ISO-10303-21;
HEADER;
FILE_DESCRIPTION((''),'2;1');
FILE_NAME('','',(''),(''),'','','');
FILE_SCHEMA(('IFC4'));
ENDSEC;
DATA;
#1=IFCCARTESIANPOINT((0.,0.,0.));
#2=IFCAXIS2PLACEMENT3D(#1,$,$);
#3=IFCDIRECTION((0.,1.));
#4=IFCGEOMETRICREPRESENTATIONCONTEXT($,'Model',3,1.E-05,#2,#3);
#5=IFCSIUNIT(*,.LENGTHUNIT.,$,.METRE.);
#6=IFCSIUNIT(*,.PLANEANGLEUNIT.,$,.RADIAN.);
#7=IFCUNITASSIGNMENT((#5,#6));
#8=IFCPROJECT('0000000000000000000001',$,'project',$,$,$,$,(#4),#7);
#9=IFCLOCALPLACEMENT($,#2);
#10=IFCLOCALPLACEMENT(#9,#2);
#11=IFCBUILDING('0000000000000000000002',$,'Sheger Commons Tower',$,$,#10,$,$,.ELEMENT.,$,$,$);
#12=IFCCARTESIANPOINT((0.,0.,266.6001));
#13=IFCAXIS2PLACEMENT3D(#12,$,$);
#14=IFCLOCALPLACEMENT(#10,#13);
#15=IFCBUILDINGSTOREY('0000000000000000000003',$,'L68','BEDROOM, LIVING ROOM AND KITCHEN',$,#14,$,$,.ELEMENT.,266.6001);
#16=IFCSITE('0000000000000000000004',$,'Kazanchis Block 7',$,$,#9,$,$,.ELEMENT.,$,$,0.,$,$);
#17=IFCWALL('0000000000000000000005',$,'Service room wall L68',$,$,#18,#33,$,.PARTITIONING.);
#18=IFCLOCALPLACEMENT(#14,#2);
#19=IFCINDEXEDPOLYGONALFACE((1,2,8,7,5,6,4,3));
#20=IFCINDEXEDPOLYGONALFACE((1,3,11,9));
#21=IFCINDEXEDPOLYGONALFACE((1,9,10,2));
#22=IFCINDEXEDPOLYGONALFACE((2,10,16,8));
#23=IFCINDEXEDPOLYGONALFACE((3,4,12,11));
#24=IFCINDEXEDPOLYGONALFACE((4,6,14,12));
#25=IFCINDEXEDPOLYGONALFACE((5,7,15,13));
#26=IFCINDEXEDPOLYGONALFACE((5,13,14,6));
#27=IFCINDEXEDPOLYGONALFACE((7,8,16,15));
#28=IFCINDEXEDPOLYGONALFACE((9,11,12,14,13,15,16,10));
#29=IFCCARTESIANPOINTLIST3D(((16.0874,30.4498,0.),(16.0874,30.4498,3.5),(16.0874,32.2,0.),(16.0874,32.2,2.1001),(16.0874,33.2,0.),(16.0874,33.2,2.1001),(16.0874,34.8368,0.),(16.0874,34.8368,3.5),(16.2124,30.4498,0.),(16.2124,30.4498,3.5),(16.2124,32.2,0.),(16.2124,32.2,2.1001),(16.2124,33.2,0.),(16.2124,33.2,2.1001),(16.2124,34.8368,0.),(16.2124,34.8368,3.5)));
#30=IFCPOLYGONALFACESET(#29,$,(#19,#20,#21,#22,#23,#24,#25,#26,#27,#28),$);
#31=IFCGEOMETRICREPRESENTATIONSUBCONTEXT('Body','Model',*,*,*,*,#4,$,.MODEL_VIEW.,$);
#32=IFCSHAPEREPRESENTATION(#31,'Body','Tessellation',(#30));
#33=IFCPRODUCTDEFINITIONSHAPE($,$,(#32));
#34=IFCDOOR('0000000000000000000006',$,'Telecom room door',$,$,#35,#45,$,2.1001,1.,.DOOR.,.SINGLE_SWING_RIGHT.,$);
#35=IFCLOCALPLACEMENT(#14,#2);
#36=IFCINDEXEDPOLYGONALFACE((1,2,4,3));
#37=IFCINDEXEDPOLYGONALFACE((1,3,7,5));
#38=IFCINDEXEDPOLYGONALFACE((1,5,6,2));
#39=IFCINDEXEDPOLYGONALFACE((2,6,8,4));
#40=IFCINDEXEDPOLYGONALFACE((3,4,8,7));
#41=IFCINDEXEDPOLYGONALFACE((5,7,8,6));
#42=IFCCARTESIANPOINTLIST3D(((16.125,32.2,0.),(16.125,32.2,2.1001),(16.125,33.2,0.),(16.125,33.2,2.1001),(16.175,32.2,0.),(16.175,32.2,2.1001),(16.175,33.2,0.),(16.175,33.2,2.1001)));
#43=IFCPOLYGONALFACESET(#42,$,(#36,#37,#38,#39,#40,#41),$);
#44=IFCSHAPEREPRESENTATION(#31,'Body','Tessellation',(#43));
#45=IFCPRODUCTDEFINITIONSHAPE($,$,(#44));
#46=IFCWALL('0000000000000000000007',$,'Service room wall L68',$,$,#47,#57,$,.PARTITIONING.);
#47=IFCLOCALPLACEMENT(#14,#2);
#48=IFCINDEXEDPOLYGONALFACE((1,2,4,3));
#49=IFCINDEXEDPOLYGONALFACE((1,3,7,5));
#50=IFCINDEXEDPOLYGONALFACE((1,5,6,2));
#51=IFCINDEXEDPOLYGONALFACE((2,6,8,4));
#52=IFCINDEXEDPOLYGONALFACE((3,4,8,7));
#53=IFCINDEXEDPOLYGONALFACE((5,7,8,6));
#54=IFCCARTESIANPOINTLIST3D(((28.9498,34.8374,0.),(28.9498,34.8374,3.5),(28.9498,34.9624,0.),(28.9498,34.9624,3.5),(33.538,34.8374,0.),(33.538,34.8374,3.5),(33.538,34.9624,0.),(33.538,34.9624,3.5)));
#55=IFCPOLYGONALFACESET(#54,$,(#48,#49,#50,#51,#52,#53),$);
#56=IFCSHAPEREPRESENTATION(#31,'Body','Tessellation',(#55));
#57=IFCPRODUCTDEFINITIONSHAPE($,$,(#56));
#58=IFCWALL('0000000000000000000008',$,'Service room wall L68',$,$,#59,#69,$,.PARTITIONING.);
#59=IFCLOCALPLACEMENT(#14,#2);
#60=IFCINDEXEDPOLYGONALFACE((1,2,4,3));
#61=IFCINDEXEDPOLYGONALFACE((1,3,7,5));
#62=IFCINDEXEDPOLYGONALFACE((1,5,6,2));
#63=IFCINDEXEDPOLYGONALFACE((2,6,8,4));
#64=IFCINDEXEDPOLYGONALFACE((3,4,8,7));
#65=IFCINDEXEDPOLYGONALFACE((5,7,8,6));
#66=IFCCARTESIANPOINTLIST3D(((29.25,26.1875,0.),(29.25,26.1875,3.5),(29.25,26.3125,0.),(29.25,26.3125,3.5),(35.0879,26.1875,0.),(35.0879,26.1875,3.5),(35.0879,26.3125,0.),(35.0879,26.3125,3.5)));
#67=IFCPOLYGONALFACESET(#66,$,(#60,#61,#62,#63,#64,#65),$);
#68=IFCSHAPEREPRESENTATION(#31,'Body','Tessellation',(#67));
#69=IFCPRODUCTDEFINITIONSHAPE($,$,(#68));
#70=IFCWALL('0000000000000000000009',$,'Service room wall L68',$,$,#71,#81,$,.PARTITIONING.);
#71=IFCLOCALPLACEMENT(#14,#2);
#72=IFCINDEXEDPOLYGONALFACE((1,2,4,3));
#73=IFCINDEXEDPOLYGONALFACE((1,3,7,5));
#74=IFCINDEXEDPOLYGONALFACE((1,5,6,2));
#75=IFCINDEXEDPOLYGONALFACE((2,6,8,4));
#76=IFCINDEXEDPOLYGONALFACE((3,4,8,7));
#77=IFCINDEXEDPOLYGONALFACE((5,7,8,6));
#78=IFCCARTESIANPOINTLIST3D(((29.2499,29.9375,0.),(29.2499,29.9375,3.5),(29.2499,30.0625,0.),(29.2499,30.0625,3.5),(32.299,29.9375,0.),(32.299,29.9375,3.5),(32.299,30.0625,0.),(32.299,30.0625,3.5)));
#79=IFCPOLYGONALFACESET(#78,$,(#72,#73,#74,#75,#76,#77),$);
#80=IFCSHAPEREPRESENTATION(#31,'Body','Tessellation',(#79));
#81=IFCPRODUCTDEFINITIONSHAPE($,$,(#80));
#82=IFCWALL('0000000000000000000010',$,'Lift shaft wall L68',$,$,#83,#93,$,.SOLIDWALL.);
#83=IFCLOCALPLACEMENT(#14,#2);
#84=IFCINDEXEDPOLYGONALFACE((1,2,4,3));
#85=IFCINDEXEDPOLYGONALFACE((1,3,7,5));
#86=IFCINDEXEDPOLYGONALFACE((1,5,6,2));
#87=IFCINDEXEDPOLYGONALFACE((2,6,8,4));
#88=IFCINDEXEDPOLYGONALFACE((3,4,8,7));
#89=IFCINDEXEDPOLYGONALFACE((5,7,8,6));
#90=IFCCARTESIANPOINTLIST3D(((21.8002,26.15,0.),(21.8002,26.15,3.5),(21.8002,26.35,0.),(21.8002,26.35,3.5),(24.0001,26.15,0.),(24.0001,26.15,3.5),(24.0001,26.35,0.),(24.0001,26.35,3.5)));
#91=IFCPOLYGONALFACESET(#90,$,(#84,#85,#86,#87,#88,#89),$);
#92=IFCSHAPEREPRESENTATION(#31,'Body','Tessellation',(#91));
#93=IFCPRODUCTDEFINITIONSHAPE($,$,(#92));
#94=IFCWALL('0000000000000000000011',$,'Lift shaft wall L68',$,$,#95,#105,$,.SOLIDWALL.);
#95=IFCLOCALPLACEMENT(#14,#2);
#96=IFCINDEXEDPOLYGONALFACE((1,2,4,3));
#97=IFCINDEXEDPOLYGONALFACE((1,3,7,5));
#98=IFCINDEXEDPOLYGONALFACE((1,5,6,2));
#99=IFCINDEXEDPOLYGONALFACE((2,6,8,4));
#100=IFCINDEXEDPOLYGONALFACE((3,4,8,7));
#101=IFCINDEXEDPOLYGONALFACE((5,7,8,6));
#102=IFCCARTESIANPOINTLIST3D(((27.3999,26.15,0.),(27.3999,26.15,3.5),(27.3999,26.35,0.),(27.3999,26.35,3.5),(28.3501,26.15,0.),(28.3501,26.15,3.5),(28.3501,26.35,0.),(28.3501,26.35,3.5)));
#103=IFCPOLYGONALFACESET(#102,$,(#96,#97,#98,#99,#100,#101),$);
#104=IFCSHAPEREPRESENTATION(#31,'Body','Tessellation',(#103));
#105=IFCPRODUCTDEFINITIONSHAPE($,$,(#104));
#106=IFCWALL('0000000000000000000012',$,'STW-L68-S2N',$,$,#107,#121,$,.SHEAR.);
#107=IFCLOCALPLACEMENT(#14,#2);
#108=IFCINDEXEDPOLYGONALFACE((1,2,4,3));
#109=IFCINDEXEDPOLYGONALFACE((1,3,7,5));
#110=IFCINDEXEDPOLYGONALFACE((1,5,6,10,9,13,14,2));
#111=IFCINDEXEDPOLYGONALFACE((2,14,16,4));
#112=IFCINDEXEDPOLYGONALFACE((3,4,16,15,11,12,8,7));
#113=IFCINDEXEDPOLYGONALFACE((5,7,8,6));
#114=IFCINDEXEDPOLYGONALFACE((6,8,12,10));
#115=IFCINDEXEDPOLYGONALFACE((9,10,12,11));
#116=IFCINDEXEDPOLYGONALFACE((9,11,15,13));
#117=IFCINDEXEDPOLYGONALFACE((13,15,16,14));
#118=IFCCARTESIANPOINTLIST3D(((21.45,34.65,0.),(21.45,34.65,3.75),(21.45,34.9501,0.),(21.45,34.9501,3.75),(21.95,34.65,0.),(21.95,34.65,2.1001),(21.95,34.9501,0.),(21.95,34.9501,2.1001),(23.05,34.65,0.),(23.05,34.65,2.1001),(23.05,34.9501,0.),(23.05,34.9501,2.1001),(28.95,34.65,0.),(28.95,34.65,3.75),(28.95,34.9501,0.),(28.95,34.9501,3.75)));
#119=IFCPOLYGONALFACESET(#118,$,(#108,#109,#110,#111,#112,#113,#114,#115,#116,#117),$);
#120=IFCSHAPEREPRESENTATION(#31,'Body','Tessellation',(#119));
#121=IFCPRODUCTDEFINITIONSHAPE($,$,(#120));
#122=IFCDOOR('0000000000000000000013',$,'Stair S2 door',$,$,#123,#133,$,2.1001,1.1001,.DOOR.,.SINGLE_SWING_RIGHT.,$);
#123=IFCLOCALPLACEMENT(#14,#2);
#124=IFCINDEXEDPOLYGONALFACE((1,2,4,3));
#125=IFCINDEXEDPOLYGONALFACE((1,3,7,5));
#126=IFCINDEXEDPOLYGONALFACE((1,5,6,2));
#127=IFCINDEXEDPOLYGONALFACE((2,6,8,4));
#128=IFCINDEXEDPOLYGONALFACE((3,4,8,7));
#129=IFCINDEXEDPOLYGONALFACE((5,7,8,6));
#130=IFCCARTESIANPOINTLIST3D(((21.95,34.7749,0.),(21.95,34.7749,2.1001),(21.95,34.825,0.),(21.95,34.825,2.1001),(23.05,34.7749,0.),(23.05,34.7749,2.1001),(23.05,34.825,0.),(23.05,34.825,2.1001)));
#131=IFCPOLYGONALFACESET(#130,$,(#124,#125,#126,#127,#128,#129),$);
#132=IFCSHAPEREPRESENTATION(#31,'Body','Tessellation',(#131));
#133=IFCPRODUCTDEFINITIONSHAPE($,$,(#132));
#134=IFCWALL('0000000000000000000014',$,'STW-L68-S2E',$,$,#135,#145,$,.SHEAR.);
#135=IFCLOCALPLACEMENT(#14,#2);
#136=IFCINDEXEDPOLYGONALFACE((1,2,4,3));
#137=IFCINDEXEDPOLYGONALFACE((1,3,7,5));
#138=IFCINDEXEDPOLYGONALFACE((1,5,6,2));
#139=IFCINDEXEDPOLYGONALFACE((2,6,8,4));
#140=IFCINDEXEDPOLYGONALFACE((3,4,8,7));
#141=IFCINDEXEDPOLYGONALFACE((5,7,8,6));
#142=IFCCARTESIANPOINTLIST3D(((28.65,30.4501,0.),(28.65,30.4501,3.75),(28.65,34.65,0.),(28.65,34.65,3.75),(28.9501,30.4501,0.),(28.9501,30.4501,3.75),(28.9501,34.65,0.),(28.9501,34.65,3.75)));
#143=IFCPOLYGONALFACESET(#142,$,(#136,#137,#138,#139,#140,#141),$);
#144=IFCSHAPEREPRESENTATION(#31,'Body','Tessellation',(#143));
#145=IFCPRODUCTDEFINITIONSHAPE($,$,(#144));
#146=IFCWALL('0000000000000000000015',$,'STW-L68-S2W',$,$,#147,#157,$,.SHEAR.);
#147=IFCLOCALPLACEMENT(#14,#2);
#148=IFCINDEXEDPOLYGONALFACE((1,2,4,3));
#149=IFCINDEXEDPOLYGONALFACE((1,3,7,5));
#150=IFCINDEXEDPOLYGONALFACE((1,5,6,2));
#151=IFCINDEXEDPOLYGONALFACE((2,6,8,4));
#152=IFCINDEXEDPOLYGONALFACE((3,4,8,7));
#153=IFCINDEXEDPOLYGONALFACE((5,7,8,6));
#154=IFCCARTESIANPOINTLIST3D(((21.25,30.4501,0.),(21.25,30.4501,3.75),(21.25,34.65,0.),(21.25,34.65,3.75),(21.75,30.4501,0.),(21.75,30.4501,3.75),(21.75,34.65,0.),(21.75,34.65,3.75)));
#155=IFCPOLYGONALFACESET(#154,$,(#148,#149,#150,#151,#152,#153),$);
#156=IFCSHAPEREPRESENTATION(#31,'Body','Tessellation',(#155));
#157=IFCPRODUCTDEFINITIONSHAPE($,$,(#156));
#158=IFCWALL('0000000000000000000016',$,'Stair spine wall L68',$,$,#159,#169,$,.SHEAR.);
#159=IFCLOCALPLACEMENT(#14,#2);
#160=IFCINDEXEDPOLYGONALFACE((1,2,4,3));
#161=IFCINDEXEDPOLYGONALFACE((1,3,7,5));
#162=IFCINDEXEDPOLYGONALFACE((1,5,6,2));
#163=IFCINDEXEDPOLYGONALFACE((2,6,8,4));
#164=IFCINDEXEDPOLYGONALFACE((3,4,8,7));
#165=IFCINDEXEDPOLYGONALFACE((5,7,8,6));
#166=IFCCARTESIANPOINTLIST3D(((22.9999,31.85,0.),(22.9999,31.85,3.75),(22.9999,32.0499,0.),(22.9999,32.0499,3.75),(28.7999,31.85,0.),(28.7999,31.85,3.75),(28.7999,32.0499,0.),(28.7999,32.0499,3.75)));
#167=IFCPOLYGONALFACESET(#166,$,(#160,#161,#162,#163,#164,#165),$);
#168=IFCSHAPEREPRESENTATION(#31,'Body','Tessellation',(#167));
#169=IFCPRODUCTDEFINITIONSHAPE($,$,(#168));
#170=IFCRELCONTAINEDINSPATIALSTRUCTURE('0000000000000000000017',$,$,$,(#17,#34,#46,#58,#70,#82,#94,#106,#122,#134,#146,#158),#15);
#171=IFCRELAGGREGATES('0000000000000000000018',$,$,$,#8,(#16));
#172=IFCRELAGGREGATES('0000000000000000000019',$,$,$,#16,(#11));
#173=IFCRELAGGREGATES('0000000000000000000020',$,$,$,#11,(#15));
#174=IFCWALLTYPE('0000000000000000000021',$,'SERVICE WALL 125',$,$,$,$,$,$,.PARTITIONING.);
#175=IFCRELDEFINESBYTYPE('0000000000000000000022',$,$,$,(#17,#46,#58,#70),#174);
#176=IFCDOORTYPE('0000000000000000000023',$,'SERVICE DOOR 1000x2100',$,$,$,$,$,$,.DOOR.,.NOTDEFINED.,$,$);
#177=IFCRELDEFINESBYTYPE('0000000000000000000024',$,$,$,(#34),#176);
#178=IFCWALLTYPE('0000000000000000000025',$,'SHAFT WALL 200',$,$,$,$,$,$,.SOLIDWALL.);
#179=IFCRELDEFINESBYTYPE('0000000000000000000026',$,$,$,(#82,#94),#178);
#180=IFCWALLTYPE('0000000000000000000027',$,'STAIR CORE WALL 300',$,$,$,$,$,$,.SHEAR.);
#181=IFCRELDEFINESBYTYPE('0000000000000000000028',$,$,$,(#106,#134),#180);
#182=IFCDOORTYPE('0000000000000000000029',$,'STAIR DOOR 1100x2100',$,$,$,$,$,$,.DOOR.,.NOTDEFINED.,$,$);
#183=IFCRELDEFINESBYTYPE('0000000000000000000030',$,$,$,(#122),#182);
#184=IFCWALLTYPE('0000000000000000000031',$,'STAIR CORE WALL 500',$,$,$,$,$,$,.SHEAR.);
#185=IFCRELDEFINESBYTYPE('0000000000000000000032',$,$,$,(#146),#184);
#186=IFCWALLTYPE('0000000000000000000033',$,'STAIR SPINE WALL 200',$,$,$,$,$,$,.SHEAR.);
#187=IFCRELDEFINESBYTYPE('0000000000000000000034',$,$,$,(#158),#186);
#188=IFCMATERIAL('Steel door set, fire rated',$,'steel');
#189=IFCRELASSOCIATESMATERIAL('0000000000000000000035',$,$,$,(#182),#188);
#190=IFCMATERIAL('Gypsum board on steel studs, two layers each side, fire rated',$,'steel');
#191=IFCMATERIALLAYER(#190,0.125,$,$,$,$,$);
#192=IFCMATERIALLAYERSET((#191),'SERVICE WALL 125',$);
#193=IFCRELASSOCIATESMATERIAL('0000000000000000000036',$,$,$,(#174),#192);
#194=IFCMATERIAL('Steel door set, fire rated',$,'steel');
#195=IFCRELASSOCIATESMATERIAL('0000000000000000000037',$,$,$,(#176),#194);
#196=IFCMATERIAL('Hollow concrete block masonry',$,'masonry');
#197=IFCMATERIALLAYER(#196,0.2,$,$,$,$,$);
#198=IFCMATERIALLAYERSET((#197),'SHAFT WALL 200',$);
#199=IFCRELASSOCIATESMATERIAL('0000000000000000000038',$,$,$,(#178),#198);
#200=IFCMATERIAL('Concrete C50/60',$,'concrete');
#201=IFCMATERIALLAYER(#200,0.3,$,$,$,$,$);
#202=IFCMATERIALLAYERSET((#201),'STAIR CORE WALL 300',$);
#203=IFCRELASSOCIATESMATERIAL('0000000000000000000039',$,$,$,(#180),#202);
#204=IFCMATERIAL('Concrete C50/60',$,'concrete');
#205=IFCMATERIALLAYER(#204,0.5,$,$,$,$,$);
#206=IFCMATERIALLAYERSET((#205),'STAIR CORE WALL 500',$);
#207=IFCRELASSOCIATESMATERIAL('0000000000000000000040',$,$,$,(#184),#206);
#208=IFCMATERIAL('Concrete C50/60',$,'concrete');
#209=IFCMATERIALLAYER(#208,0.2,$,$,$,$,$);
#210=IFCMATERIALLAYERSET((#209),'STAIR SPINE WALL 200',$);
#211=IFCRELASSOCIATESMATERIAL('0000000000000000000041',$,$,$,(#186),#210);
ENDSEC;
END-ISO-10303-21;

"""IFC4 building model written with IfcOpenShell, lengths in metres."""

from ifc_helpers import new_model, si_unit, direction, frame, frame_2d, origin, place, context, subcontext, project, spatial, rectangle, extrude, material, layer, layer_set, type_object, element, fill, save


model = new_model("IFC4")

# Units and contexts
model_context = context("Model", 3, precision=1e-05, world=origin(), true_north=direction((0.0, 1.0)))
body_context = subcontext(model_context, "Body", "Model", "MODEL_VIEW")
ifc_project = project(units=[si_unit("LENGTHUNIT", "METRE"), si_unit("PLANEANGLEUNIT", "RADIAN")], contexts=[model_context])

# Site, building, storey
site_placement = place(None, origin())
site = spatial("IfcSite", under=ifc_project, at=site_placement, Name="Kazanchis Block 7", CompositionType="ELEMENT", RefElevation=0.0)
building_placement = place(site_placement, origin())
building = spatial("IfcBuilding", under=site, at=building_placement, Name="Sheger Commons Tower", CompositionType="ELEMENT")
storey_placement = place(building_placement, frame((0.0, 0.0, 266.6001)))
storey = spatial("IfcBuildingStorey", under=building, at=storey_placement, Name="L68", Description="BEDROOM, LIVING ROOM AND KITCHEN", CompositionType="ELEMENT", Elevation=266.6001)

# Shared definitions
ifc_material_1 = material(Name="Steel door set, fire rated", Category="steel")
door_type_1 = type_object("IfcDoorType", Name="STAIR DOOR 1100x2100", OperationType="NOTDEFINED", PredefinedType="DOOR", material=ifc_material_1)

# Wall, opening, door
ifc_material_2 = material(Name="Gypsum board on steel studs, two layers each side, fire rated", Category="steel")
ifc_layer_1 = layer(ifc_material_2, 0.125)
ifc_layer_set_1 = layer_set([ifc_layer_1], Name="SERVICE WALL 125")
wall_type_1 = type_object("IfcWallType", Name="SERVICE WALL 125", PredefinedType="PARTITIONING", material=ifc_layer_set_1)
wall_1_placement = place(storey_placement, frame((16.1499, 30.45, 0.0), z_axis=(0.0, 0.0, 1.0), x_axis=(0.0, 1.0, 0.0)))
wall_1 = element("IfcWall", 1, at=wall_1_placement, inside=storey, type_object=wall_type_1, Name="Service room wall L68", PredefinedType="PARTITIONING", context=body_context, shape_type="SweptSolid", body=[
    extrude(rectangle(XDim=4.387, YDim=0.125, at=frame_2d((2.1934, 0.0))), origin(), (0.0, 0.0, 1.0), 3.5),
])
opening_1_placement = place(wall_1_placement, frame((1.75, 0.0, 0.0)))
opening_1 = element("IfcOpeningElement", 2, at=opening_1_placement, cuts=wall_1, PredefinedType="OPENING", context=body_context, shape_type="SweptSolid", body=[
    extrude(rectangle(XDim=1.0, YDim=2.1001, at=frame_2d((0.5, 1.05))), frame((0.0, 0.0725, 0.0), z_axis=(0.0, -1.0, 0.0), x_axis=(1.0, 0.0, 0.0)), (0.0, 0.0, 1.0), 0.145),
])
ifc_material_3 = material(Name="Steel door set, fire rated", Category="steel")
door_type_2 = type_object("IfcDoorType", Name="SERVICE DOOR 1000x2100", OperationType="NOTDEFINED", PredefinedType="DOOR", material=ifc_material_3)
door_1_placement = place(opening_1_placement, origin())
door_1 = element("IfcDoor", 3, at=door_1_placement, inside=storey, type_object=door_type_2, Name="Telecom room door", OperationType="SINGLE_SWING_RIGHT", OverallHeight=2.1001, OverallWidth=1.0, PredefinedType="DOOR", context=body_context, shape_type="SweptSolid", body=[
    extrude(rectangle(XDim=1.0, YDim=2.1001, at=frame_2d((0.5, 1.05))), frame((0.0, 0.0249, 0.0), z_axis=(0.0, -1.0, 0.0), x_axis=(1.0, 0.0, 0.0)), (0.0, 0.0, 1.0), 0.05),
])
fill(opening_1, door_1)

# Walls
wall_2_placement = place(storey_placement, frame((28.95, 34.8999, 0.0), z_axis=(0.0, 0.0, 1.0), x_axis=(1.0, 0.0, 0.0)))
element("IfcWall", 4, at=wall_2_placement, inside=storey, type_object=wall_type_1, Name="Service room wall L68", PredefinedType="PARTITIONING", context=body_context, shape_type="SweptSolid", body=[
    extrude(rectangle(XDim=4.5881, YDim=0.125, at=frame_2d((2.2939, 0.0))), origin(), (0.0, 0.0, 1.0), 3.5),
])
wall_3_placement = place(storey_placement, frame((29.25, 26.25, 0.0), z_axis=(0.0, 0.0, 1.0), x_axis=(1.0, 0.0, 0.0)))
element("IfcWall", 5, at=wall_3_placement, inside=storey, type_object=wall_type_1, Name="Service room wall L68", PredefinedType="PARTITIONING", context=body_context, shape_type="SweptSolid", body=[
    extrude(rectangle(XDim=5.8379, YDim=0.125, at=frame_2d((2.9189, 0.0))), origin(), (0.0, 0.0, 1.0), 3.5),
])
wall_4_placement = place(storey_placement, frame((29.25, 30.0, 0.0), z_axis=(0.0, 0.0, 1.0), x_axis=(1.0, 0.0, 0.0)))
element("IfcWall", 6, at=wall_4_placement, inside=storey, type_object=wall_type_1, Name="Service room wall L68", PredefinedType="PARTITIONING", context=body_context, shape_type="SweptSolid", body=[
    extrude(rectangle(XDim=3.0491, YDim=0.125, at=frame_2d((1.5244, 0.0))), origin(), (0.0, 0.0, 1.0), 3.5),
])
ifc_material_4 = material(Name="Hollow concrete block masonry", Category="masonry")
ifc_layer_2 = layer(ifc_material_4, 0.2)
ifc_layer_set_2 = layer_set([ifc_layer_2], Name="SHAFT WALL 200")
wall_type_2 = type_object("IfcWallType", Name="SHAFT WALL 200", PredefinedType="SOLIDWALL", material=ifc_layer_set_2)
wall_5_placement = place(storey_placement, frame((21.8, 26.25, 0.0), z_axis=(0.0, 0.0, 1.0), x_axis=(1.0, 0.0, 0.0)))
element("IfcWall", 7, at=wall_5_placement, inside=storey, type_object=wall_type_2, Name="Lift shaft wall L68", PredefinedType="SOLIDWALL", context=body_context, shape_type="SweptSolid", body=[
    extrude(rectangle(XDim=2.2, YDim=0.2, at=frame_2d((1.1001, 0.0))), origin(), (0.0, 0.0, 1.0), 3.5),
])
wall_6_placement = place(storey_placement, frame((27.3999, 26.25, 0.0), z_axis=(0.0, 0.0, 1.0), x_axis=(1.0, 0.0, 0.0)))
element("IfcWall", 8, at=wall_6_placement, inside=storey, type_object=wall_type_2, Name="Lift shaft wall L68", PredefinedType="SOLIDWALL", context=body_context, shape_type="SweptSolid", body=[
    extrude(rectangle(XDim=0.9502, YDim=0.2, at=frame_2d((0.4751, 0.0))), origin(), (0.0, 0.0, 1.0), 3.5),
])

# Wall, opening, door
ifc_material_5 = material(Name="Concrete C50/60", Category="concrete")
ifc_layer_3 = layer(ifc_material_5, 0.3)
ifc_layer_set_3 = layer_set([ifc_layer_3], Name="STAIR CORE WALL 300")
wall_type_3 = type_object("IfcWallType", Name="STAIR CORE WALL 300", PredefinedType="SHEAR", material=ifc_layer_set_3)
wall_7_placement = place(storey_placement, frame((21.45, 34.8, 0.0), z_axis=(0.0, 0.0, 1.0), x_axis=(1.0, 0.0, 0.0)))
wall_7 = element("IfcWall", 9, at=wall_7_placement, inside=storey, type_object=wall_type_3, Name="STW-L68-S2N", PredefinedType="SHEAR", context=body_context, shape_type="SweptSolid", body=[
    extrude(rectangle(XDim=7.5, YDim=0.3, at=frame_2d((3.75, 0.0))), origin(), (0.0, 0.0, 1.0), 3.75),
])
opening_2_placement = place(wall_7_placement, frame((0.5, 0.0, 0.0)))
opening_2 = element("IfcOpeningElement", 10, at=opening_2_placement, cuts=wall_7, PredefinedType="OPENING", context=body_context, shape_type="SweptSolid", body=[
    extrude(rectangle(XDim=1.1001, YDim=2.1001, at=frame_2d((0.55, 1.05))), frame((0.0, 0.1599, 0.0), z_axis=(0.0, -1.0, 0.0), x_axis=(1.0, 0.0, 0.0)), (0.0, 0.0, 1.0), 0.3201),
])
door_2_placement = place(opening_2_placement, origin())
door_2 = element("IfcDoor", 11, at=door_2_placement, inside=storey, type_object=door_type_1, Name="Stair S2 door", OperationType="SINGLE_SWING_RIGHT", OverallHeight=2.1001, OverallWidth=1.1001, PredefinedType="DOOR", context=body_context, shape_type="SweptSolid", body=[
    extrude(rectangle(XDim=1.1001, YDim=2.1001, at=frame_2d((0.55, 1.05))), frame((0.0, 0.0249, 0.0), z_axis=(0.0, -1.0, 0.0), x_axis=(1.0, 0.0, 0.0)), (0.0, 0.0, 1.0), 0.05),
])
fill(opening_2, door_2)

# Walls
wall_8_placement = place(storey_placement, frame((28.8, 30.45, 0.0), z_axis=(0.0, 0.0, 1.0), x_axis=(0.0, 1.0, 0.0)))
element("IfcWall", 12, at=wall_8_placement, inside=storey, type_object=wall_type_3, Name="STW-L68-S2E", PredefinedType="SHEAR", context=body_context, shape_type="SweptSolid", body=[
    extrude(rectangle(XDim=4.2, YDim=0.3, at=frame_2d((2.1001, 0.0))), origin(), (0.0, 0.0, 1.0), 3.75),
])
ifc_material_6 = material(Name="Concrete C50/60", Category="concrete")
ifc_layer_4 = layer(ifc_material_6, 0.5)
ifc_layer_set_4 = layer_set([ifc_layer_4], Name="STAIR CORE WALL 500")
wall_type_4 = type_object("IfcWallType", Name="STAIR CORE WALL 500", PredefinedType="SHEAR", material=ifc_layer_set_4)
wall_9_placement = place(storey_placement, frame((21.5, 30.45, 0.0), z_axis=(0.0, 0.0, 1.0), x_axis=(0.0, 1.0, 0.0)))
element("IfcWall", 13, at=wall_9_placement, inside=storey, type_object=wall_type_4, Name="STW-L68-S2W", PredefinedType="SHEAR", context=body_context, shape_type="SweptSolid", body=[
    extrude(rectangle(XDim=4.2, YDim=0.5, at=frame_2d((2.1001, 0.0))), origin(), (0.0, 0.0, 1.0), 3.75),
])
ifc_material_7 = material(Name="Concrete C50/60", Category="concrete")
ifc_layer_5 = layer(ifc_material_7, 0.2)
ifc_layer_set_5 = layer_set([ifc_layer_5], Name="STAIR SPINE WALL 200")
wall_type_5 = type_object("IfcWallType", Name="STAIR SPINE WALL 200", PredefinedType="SHEAR", material=ifc_layer_set_5)
wall_10_placement = place(storey_placement, frame((23.0, 31.95, 0.0), z_axis=(0.0, 0.0, 1.0), x_axis=(1.0, 0.0, 0.0)))
element("IfcWall", 14, at=wall_10_placement, inside=storey, type_object=wall_type_5, Name="Stair spine wall L68", PredefinedType="SHEAR", context=body_context, shape_type="SweptSolid", body=[
    extrude(rectangle(XDim=5.8, YDim=0.2, at=frame_2d((2.8999, 0.0))), origin(), (0.0, 0.0, 1.0), 3.75),
])

save(model, "model.ifc")
